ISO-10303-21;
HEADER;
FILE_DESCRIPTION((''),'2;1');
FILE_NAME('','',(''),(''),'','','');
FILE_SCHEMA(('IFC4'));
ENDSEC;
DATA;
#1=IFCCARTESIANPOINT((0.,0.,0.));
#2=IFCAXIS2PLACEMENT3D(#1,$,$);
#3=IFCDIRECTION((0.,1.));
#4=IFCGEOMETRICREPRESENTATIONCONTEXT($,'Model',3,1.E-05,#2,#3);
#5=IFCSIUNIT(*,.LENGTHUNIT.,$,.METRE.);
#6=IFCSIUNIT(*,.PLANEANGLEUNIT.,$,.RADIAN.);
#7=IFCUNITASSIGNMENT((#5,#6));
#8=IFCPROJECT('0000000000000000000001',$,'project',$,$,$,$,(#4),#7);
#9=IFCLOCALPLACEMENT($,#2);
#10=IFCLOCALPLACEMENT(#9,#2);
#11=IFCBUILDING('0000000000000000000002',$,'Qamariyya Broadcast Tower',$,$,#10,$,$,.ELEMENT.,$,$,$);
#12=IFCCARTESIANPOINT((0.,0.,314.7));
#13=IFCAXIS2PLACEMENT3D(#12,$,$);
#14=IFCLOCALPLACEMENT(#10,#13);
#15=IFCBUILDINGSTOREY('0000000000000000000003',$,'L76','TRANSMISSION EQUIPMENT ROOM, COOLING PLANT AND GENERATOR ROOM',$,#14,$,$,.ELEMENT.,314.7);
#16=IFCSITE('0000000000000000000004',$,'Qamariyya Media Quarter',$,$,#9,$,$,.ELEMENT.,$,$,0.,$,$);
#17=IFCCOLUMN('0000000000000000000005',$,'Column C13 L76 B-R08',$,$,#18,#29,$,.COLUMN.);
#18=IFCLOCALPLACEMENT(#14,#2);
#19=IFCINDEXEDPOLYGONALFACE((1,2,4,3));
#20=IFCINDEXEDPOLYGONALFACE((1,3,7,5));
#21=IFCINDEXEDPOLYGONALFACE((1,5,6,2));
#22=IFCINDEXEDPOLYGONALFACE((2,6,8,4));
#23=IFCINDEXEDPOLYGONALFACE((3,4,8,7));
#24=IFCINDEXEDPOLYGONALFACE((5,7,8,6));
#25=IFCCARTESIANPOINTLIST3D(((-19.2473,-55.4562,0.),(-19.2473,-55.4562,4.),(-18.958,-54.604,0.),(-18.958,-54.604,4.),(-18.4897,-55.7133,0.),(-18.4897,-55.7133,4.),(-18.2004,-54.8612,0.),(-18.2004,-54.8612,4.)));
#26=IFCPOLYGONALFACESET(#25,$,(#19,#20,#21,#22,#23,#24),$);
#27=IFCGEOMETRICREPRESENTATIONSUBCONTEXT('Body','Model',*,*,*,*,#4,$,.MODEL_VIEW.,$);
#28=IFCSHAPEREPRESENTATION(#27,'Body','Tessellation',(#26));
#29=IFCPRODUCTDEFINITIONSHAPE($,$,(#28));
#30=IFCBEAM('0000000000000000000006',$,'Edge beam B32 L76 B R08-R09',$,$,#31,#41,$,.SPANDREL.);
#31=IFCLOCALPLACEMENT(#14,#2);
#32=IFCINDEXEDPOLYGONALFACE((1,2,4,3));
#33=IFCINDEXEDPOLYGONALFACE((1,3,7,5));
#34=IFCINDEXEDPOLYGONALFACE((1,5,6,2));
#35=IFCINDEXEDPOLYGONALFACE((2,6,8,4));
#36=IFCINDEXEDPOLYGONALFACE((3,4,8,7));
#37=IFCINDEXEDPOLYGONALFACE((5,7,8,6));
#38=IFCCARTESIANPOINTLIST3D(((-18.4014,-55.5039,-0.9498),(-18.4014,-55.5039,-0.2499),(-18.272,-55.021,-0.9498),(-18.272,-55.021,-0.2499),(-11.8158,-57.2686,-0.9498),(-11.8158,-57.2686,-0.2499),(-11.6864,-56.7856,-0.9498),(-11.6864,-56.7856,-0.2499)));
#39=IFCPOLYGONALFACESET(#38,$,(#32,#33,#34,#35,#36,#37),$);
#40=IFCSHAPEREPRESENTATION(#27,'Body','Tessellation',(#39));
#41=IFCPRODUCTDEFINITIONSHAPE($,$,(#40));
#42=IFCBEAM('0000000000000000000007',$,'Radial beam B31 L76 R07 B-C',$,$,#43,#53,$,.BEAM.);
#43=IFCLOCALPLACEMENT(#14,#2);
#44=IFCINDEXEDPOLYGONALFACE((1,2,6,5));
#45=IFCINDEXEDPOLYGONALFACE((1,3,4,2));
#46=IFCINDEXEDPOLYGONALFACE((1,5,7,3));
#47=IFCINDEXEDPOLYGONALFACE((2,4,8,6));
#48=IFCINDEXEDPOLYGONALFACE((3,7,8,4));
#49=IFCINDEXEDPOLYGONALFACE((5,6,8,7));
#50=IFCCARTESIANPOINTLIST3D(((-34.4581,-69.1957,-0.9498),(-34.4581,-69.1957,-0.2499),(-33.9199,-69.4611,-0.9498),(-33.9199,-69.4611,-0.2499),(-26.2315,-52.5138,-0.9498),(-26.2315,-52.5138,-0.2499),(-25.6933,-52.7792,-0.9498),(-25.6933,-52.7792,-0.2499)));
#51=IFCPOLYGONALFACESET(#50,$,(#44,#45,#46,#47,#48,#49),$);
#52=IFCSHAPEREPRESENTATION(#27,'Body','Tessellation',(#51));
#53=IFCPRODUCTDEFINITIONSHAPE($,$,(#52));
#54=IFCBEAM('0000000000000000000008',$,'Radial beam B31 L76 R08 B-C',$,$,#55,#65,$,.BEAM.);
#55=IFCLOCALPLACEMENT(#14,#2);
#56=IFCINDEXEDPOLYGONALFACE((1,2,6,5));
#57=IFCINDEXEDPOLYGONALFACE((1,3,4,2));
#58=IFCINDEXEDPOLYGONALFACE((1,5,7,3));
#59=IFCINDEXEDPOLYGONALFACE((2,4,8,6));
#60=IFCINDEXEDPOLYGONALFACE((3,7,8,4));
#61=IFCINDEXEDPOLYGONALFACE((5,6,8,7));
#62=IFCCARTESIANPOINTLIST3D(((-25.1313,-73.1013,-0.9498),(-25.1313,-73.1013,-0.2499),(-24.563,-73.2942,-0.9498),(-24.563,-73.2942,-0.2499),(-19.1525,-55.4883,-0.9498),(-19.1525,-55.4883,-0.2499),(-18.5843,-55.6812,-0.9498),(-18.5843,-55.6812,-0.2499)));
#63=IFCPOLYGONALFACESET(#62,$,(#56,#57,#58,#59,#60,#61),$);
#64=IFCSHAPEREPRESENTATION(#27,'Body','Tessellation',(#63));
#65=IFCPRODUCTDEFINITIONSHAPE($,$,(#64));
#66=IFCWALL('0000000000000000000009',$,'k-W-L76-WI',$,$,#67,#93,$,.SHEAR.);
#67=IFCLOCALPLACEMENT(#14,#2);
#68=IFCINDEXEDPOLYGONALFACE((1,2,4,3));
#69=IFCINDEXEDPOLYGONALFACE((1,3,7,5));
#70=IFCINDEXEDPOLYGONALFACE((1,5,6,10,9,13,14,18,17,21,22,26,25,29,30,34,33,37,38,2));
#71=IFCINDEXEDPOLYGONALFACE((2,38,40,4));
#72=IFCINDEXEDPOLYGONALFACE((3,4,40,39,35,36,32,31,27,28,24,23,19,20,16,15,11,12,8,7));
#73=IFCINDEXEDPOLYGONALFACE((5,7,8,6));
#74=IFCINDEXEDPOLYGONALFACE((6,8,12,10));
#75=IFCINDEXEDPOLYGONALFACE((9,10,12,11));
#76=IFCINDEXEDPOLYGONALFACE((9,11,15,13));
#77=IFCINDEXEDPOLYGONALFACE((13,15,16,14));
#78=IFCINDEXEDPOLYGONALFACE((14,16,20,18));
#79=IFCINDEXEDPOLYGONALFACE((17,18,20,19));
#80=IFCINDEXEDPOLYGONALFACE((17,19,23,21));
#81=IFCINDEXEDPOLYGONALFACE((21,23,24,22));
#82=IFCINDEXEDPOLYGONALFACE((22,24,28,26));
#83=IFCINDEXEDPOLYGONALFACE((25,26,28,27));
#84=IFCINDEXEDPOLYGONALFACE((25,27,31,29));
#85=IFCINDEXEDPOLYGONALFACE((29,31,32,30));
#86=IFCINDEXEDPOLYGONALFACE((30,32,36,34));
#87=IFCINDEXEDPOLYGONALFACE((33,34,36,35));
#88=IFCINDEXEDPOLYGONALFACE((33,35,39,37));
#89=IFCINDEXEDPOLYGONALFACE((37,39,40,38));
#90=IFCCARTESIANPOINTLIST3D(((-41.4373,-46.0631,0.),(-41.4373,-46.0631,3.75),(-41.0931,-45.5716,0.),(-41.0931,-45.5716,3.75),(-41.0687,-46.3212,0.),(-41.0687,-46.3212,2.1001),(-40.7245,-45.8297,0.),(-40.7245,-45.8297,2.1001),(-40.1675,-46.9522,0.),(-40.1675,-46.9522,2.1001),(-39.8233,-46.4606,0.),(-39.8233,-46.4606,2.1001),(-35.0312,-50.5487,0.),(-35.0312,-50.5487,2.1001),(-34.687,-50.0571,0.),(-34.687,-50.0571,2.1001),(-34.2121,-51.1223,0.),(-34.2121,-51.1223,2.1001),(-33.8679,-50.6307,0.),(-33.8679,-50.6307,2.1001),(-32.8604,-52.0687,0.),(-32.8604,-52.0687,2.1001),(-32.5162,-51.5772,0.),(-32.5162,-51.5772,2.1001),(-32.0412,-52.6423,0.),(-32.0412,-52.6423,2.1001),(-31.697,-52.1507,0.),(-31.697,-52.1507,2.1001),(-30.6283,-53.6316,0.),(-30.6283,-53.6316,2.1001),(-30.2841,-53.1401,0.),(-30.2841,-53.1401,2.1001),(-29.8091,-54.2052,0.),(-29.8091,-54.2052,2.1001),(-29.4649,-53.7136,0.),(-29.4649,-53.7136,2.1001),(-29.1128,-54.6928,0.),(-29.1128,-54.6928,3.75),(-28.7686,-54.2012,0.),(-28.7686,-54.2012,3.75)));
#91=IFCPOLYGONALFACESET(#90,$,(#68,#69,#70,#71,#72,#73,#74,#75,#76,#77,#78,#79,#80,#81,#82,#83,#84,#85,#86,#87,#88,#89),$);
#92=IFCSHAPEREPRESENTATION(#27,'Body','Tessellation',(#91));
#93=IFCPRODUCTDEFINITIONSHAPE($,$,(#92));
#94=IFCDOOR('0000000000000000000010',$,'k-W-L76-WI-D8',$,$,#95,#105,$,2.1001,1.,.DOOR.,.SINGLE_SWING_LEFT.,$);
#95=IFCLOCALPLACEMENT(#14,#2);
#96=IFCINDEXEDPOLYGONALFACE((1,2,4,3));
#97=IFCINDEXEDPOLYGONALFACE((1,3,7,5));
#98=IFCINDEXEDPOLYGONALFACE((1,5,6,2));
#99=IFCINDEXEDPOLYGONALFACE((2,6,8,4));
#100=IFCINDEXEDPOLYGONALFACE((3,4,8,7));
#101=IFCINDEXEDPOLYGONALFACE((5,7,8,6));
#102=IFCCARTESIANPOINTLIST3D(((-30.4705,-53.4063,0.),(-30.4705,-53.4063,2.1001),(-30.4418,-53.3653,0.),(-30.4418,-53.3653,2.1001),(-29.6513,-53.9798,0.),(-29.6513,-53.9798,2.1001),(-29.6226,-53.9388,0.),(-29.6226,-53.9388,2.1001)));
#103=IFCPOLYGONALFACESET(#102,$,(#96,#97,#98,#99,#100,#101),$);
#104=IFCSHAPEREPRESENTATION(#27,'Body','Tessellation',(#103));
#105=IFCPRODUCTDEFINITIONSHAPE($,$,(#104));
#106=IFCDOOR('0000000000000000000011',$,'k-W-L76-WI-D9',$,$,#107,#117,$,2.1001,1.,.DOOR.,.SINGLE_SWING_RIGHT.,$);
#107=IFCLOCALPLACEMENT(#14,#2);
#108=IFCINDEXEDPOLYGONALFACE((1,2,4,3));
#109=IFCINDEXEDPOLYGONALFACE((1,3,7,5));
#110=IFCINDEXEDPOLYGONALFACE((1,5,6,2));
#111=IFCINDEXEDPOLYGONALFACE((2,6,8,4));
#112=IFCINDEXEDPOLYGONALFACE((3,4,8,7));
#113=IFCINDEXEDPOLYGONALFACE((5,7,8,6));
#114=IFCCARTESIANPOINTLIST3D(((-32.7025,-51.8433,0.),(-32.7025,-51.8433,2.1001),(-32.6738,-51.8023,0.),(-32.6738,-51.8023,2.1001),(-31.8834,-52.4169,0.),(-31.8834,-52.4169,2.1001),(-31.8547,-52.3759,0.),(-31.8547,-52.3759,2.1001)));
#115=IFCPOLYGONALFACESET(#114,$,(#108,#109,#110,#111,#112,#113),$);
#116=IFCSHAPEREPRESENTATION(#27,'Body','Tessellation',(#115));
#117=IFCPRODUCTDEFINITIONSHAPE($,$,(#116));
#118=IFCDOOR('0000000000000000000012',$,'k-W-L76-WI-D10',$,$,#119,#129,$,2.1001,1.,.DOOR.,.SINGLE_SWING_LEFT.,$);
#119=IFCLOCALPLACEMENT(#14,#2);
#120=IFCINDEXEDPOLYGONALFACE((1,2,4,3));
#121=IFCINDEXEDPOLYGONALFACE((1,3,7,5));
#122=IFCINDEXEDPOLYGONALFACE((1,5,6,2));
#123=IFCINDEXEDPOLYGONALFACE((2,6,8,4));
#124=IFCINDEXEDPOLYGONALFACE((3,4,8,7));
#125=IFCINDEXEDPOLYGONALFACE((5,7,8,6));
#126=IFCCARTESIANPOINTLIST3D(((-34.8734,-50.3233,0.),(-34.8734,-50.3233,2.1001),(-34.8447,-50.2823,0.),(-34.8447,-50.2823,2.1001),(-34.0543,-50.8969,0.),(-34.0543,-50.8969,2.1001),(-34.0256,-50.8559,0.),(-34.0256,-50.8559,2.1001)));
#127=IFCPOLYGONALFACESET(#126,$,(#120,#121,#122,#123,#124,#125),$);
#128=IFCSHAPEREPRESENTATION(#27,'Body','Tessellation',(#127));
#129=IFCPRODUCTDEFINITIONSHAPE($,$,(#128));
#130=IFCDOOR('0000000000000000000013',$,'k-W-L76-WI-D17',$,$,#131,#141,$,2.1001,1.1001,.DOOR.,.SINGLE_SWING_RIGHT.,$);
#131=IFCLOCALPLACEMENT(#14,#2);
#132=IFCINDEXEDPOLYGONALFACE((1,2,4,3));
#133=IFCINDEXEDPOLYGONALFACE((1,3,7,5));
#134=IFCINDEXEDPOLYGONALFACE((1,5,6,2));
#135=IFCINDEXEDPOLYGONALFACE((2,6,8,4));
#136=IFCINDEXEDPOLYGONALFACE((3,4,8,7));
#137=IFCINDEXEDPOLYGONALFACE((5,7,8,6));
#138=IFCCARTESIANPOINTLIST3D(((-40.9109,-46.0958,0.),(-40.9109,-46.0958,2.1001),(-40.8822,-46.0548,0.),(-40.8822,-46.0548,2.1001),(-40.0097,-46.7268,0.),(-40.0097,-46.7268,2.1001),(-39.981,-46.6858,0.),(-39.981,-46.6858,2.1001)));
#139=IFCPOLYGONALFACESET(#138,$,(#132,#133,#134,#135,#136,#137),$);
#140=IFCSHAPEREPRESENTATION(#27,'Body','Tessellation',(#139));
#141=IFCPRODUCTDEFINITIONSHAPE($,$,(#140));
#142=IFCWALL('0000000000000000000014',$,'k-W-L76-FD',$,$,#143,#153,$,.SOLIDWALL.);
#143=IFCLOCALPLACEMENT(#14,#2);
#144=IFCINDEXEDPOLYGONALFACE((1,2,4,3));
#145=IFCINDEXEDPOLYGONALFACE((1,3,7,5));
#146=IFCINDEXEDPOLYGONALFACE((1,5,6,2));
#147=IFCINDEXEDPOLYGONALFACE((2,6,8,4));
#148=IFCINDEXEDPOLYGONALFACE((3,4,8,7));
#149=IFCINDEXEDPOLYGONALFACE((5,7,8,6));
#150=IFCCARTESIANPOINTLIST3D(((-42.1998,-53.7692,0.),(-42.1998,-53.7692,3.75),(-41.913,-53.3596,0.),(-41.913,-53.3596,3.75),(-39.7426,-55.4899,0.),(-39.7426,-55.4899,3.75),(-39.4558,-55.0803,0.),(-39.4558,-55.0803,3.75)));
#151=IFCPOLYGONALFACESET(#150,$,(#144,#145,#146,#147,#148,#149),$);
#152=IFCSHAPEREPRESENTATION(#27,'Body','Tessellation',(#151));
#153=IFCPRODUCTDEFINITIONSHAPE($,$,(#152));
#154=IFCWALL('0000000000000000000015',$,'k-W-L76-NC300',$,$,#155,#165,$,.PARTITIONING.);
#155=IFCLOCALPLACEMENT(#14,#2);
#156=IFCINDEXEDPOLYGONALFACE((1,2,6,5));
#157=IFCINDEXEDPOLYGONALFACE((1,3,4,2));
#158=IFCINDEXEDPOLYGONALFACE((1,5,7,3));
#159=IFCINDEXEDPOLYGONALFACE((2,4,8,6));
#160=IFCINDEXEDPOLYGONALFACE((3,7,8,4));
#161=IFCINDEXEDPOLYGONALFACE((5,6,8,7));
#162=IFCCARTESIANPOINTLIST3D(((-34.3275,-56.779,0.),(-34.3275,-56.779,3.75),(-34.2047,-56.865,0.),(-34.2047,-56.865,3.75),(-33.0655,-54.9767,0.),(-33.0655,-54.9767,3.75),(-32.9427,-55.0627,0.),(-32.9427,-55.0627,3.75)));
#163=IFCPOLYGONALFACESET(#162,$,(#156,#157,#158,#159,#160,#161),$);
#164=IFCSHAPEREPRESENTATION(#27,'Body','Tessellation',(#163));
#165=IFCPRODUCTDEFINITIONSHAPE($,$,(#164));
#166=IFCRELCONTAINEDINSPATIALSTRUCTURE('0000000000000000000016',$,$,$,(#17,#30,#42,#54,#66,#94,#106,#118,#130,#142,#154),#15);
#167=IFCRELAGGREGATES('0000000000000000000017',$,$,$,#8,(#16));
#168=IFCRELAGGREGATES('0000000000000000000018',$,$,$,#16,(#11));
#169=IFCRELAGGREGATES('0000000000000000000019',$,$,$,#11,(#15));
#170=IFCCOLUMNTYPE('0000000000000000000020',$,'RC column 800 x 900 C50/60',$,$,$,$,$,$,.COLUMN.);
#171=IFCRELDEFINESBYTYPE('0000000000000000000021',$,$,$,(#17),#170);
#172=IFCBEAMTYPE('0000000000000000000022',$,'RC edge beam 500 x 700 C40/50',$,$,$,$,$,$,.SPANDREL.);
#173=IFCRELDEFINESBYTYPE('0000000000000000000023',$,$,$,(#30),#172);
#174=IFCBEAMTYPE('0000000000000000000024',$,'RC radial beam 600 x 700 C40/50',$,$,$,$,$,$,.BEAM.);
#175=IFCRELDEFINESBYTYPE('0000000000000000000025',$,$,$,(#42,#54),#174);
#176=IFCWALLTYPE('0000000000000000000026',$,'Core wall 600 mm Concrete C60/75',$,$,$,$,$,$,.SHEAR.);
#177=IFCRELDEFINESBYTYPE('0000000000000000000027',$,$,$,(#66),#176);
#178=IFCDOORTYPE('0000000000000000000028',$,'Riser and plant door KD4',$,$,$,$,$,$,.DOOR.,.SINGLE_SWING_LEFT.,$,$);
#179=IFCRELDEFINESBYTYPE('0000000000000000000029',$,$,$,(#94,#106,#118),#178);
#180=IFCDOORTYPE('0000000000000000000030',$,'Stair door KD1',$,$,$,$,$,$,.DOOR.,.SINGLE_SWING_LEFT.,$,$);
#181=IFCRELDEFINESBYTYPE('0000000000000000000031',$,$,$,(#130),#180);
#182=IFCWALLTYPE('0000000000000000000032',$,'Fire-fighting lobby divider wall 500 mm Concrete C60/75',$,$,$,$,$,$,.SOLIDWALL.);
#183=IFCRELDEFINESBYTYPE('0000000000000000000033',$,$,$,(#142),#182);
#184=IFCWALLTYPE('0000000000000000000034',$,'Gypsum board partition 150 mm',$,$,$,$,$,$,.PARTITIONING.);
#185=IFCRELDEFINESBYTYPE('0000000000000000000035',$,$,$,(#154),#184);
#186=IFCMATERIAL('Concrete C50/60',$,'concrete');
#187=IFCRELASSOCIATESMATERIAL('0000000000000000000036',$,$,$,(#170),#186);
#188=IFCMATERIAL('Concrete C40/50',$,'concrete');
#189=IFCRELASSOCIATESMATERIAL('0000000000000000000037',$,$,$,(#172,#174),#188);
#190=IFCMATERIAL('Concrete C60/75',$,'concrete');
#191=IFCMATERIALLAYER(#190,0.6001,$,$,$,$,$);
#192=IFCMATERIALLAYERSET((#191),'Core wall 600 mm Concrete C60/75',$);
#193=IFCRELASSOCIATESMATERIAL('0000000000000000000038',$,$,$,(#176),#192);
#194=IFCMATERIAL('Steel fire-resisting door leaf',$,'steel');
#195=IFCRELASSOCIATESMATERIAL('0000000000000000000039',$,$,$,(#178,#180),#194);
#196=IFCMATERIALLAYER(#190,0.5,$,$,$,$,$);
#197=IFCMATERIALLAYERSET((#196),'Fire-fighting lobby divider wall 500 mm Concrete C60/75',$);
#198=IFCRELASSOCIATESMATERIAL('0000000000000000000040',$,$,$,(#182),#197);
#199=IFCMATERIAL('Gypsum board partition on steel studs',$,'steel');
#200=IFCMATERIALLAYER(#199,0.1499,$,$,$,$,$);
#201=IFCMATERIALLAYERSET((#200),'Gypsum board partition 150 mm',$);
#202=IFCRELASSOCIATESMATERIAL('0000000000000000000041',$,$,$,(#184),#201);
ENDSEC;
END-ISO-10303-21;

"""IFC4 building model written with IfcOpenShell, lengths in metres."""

from ifc_helpers import new_model, si_unit, direction, frame, frame_2d, origin, origin_2d, place, context, subcontext, project, spatial, rectangle, extrude, material, layer, layer_set, material_profile, profile_set, type_object, element, fill, save


model = new_model("IFC4")

# Units and contexts
model_context = context("Model", 3, precision=1e-05, world=origin(), true_north=direction((0.0, 1.0)))
body_context = subcontext(model_context, "Body", "Model", "MODEL_VIEW")
ifc_project = project(units=[si_unit("LENGTHUNIT", "METRE"), si_unit("PLANEANGLEUNIT", "RADIAN")], contexts=[model_context])

# Site, building, storey
site_placement = place(None, origin())
site = spatial("IfcSite", under=ifc_project, at=site_placement, Name="Qamariyya Media Quarter", CompositionType="ELEMENT", RefElevation=0.0)
building_placement = place(site_placement, origin())
building = spatial("IfcBuilding", under=site, at=building_placement, Name="Qamariyya Broadcast Tower", CompositionType="ELEMENT")
storey_placement = place(building_placement, frame((0.0, 0.0, 314.7)))
storey = spatial("IfcBuildingStorey", under=building, at=storey_placement, Name="L76", Description="TRANSMISSION EQUIPMENT ROOM, COOLING PLANT AND GENERATOR ROOM", CompositionType="ELEMENT", Elevation=314.7)

# Column
ifc_material_1 = material(Name="Concrete C50/60", Category="concrete")
ifc_material_profile_1 = material_profile(ifc_material_1, rectangle(XDim=0.8, YDim=0.8999, at=origin_2d()))
ifc_profile_set_1 = profile_set([ifc_material_profile_1], Name="Concrete C50/60")
column_type = type_object("IfcColumnType", Name="RC column 800 x 900 C50/60", PredefinedType="COLUMN", material=ifc_profile_set_1)
column_placement = place(storey_placement, frame((-18.7239, -55.1587, 0.0), z_axis=(0.0, 0.0, 1.0), x_axis=(0.94693, -0.321439, 0.0)))
element("IfcColumn", 1, at=column_placement, inside=storey, type_object=column_type, Name="Column C13 L76 B-R08", PredefinedType="COLUMN", context=body_context, shape_type="SweptSolid", body=[
    extrude(rectangle(XDim=0.8, YDim=0.8999, at=origin_2d()), origin(), (0.0, 0.0, 1.0), 4.0),
])

# Beams
ifc_material_2 = material(Name="Concrete C40/50", Category="concrete")
ifc_material_profile_2 = material_profile(ifc_material_2, rectangle(XDim=0.5, YDim=0.7, at=origin_2d()))
ifc_profile_set_2 = profile_set([ifc_material_profile_2], Name="Concrete C40/50")
beam_type_1 = type_object("IfcBeamType", Name="RC edge beam 500 x 700 C40/50", PredefinedType="SPANDREL", material=ifc_profile_set_2)
beam_placement = place(storey_placement, frame((-18.3367, -55.2625, -0.5999), z_axis=(0.965923, -0.25883, 0.0), x_axis=(0.25883, 0.965923, 0.0)))
element("IfcBeam", 2, at=beam_placement, inside=storey, type_object=beam_type_1, Name="Edge beam B32 L76 B R08-R09", PredefinedType="SPANDREL", context=body_context, shape_type="SweptSolid", body=[
    extrude(rectangle(XDim=0.5, YDim=0.7, at=origin_2d()), origin(), (0.0, 0.0, 1.0), 6.8179),
])
ifc_material_profile_3 = material_profile(ifc_material_2, rectangle(XDim=0.6001, YDim=0.7, at=origin_2d()))
ifc_profile_set_3 = profile_set([ifc_material_profile_3], Name="Concrete C40/50")
beam_type_2 = type_object("IfcBeamType", Name="RC radial beam 600 x 700 C40/50", PredefinedType="BEAM", material=ifc_profile_set_3)
for number, where, z_axis, x_axis, name in (
    (3, (-25.9624, -52.6465, -0.5999), (-0.442287, -0.896873, 0.0), (0.896873, -0.442287, 0.0), "Radial beam B31 L76 R07 B-C"),
    (4, (-18.8684, -55.5847, -0.5999), (-0.321437, -0.946931, 0.0), (0.946931, -0.321437, 0.0), "Radial beam B31 L76 R08 B-C"),
):
    element("IfcBeam", number, at=place(storey_placement, frame(where, z_axis=z_axis, x_axis=x_axis)), inside=storey, type_object=beam_type_2, Name=name, PredefinedType="BEAM", context=body_context, shape_type="SweptSolid", body=[
        extrude(rectangle(XDim=0.6001, YDim=0.7, at=origin_2d()), origin(), (0.0, 0.0, 1.0), 18.6001),
    ])

# Wall, openings, doors
ifc_material_3 = material(Name="Concrete C60/75", Category="concrete")
ifc_layer_1 = layer(ifc_material_3, 0.6001)
ifc_layer_set_1 = layer_set([ifc_layer_1], Name="Core wall 600 mm Concrete C60/75")
wall_type_1 = type_object("IfcWallType", Name="Core wall 600 mm Concrete C60/75", PredefinedType="SHEAR", material=ifc_layer_set_1)
wall_1_placement = place(storey_placement, frame((-28.9407, -54.447, 0.0), z_axis=(0.0, 0.0, 1.0), x_axis=(-0.819153, 0.573575, 0.0)))
wall_1 = element("IfcWall", 5, at=wall_1_placement, inside=storey, type_object=wall_type_1, Name="k-W-L76-WI", PredefinedType="SHEAR", context=body_context, shape_type="SweptSolid", body=[
    extrude(rectangle(XDim=15.0454, YDim=0.6001, at=frame_2d((7.5227, 0.0))), origin(), (0.0, 0.0, 1.0), 3.75),
])
opening_1_placement = place(wall_1_placement, frame((0.8501, 0.0, 0.0)))
opening_1 = element("IfcOpeningElement", 6, at=opening_1_placement, cuts=wall_1, PredefinedType="OPENING", context=body_context, shape_type="SweptSolid", body=[
    extrude(rectangle(XDim=1.0, YDim=2.1001, at=frame_2d((0.5, 1.05))), frame((0.0, 0.3101, 0.0), z_axis=(0.0, -1.0, 0.0), x_axis=(1.0, 0.0, 0.0)), (0.0, 0.0, 1.0), 0.6201),
])
opening_2_placement = place(wall_1_placement, frame((3.575, 0.0, 0.0)))
opening_2 = element("IfcOpeningElement", 7, at=opening_2_placement, cuts=wall_1, PredefinedType="OPENING", context=body_context, shape_type="SweptSolid", body=[
    extrude(rectangle(XDim=1.0, YDim=2.1001, at=frame_2d((0.5, 1.05))), frame((0.0, 0.3101, 0.0), z_axis=(0.0, -1.0, 0.0), x_axis=(1.0, 0.0, 0.0)), (0.0, 0.0, 1.0), 0.6201),
])
opening_3_placement = place(wall_1_placement, frame((6.2251, 0.0, 0.0)))
opening_3 = element("IfcOpeningElement", 8, at=opening_3_placement, cuts=wall_1, PredefinedType="OPENING", context=body_context, shape_type="SweptSolid", body=[
    extrude(rectangle(XDim=1.0, YDim=2.1001, at=frame_2d((0.5, 1.05))), frame((0.0, 0.3101, 0.0), z_axis=(0.0, -1.0, 0.0), x_axis=(1.0, 0.0, 0.0)), (0.0, 0.0, 1.0), 0.6201),
])
opening_4_placement = place(wall_1_placement, frame((13.4954, 0.0, 0.0)))
opening_4 = element("IfcOpeningElement", 9, at=opening_4_placement, cuts=wall_1, PredefinedType="OPENING", context=body_context, shape_type="SweptSolid", body=[
    extrude(rectangle(XDim=1.1001, YDim=2.1001, at=frame_2d((0.55, 1.05))), frame((0.0, 0.3101, 0.0), z_axis=(0.0, -1.0, 0.0), x_axis=(1.0, 0.0, 0.0)), (0.0, 0.0, 1.0), 0.6201),
])
ifc_material_4 = material(Name="Steel fire-resisting door leaf", Category="steel")
door_type_1 = type_object("IfcDoorType", Name="Riser and plant door KD4", OperationType="SINGLE_SWING_LEFT", PredefinedType="DOOR", material=ifc_material_4)
door_1_placement = place(opening_1_placement, origin())
door_1 = element("IfcDoor", 10, at=door_1_placement, inside=storey, type_object=door_type_1, Name="k-W-L76-WI-D8", OperationType="SINGLE_SWING_LEFT", OverallHeight=2.1001, OverallWidth=1.0, PredefinedType="DOOR", context=body_context, shape_type="SweptSolid", body=[
    extrude(rectangle(XDim=1.0, YDim=2.1001, at=frame_2d((0.5, 1.05))), frame((0.0, 0.0249, 0.0), z_axis=(0.0, -1.0, 0.0), x_axis=(1.0, 0.0, 0.0)), (0.0, 0.0, 1.0), 0.05),
])
fill(opening_1, door_1)
door_2_placement = place(opening_2_placement, origin())
door_2 = element("IfcDoor", 11, at=door_2_placement, inside=storey, type_object=door_type_1, Name="k-W-L76-WI-D9", OperationType="SINGLE_SWING_RIGHT", OverallHeight=2.1001, OverallWidth=1.0, PredefinedType="DOOR", context=body_context, shape_type="SweptSolid", body=[
    extrude(rectangle(XDim=1.0, YDim=2.1001, at=frame_2d((0.5, 1.05))), frame((0.0, 0.0249, 0.0), z_axis=(0.0, -1.0, 0.0), x_axis=(1.0, 0.0, 0.0)), (0.0, 0.0, 1.0), 0.05),
])
fill(opening_2, door_2)
door_3_placement = place(opening_3_placement, origin())
door_3 = element("IfcDoor", 12, at=door_3_placement, inside=storey, type_object=door_type_1, Name="k-W-L76-WI-D10", OperationType="SINGLE_SWING_LEFT", OverallHeight=2.1001, OverallWidth=1.0, PredefinedType="DOOR", context=body_context, shape_type="SweptSolid", body=[
    extrude(rectangle(XDim=1.0, YDim=2.1001, at=frame_2d((0.5, 1.05))), frame((0.0, 0.0249, 0.0), z_axis=(0.0, -1.0, 0.0), x_axis=(1.0, 0.0, 0.0)), (0.0, 0.0, 1.0), 0.05),
])
fill(opening_3, door_3)
door_type_2 = type_object("IfcDoorType", Name="Stair door KD1", OperationType="SINGLE_SWING_LEFT", PredefinedType="DOOR", material=ifc_material_4)
door_4_placement = place(opening_4_placement, origin())
door_4 = element("IfcDoor", 13, at=door_4_placement, inside=storey, type_object=door_type_2, Name="k-W-L76-WI-D17", OperationType="SINGLE_SWING_RIGHT", OverallHeight=2.1001, OverallWidth=1.1001, PredefinedType="DOOR", context=body_context, shape_type="SweptSolid", body=[
    extrude(rectangle(XDim=1.1001, YDim=2.1001, at=frame_2d((0.55, 1.05))), frame((0.0, 0.0249, 0.0), z_axis=(0.0, -1.0, 0.0), x_axis=(1.0, 0.0, 0.0)), (0.0, 0.0, 1.0), 0.05),
])
fill(opening_4, door_4)

# Walls
ifc_layer_2 = layer(ifc_material_3, 0.5)
ifc_layer_set_2 = layer_set([ifc_layer_2], Name="Fire-fighting lobby divider wall 500 mm Concrete C60/75")
wall_type_2 = type_object("IfcWallType", Name="Fire-fighting lobby divider wall 500 mm Concrete C60/75", PredefinedType="SOLIDWALL", material=ifc_layer_set_2)
wall_2_placement = place(storey_placement, frame((-39.5991, -55.2852, 0.0), z_axis=(0.0, 0.0, 1.0), x_axis=(-0.819136, 0.573599, 0.0)))
element("IfcWall", 14, at=wall_2_placement, inside=storey, type_object=wall_type_2, Name="k-W-L76-FD", PredefinedType="SOLIDWALL", context=body_context, shape_type="SweptSolid", body=[
    extrude(rectangle(XDim=2.9998, YDim=0.5, at=frame_2d((1.5, 0.0))), origin(), (0.0, 0.0, 1.0), 3.75),
])
ifc_material_5 = material(Name="Gypsum board partition on steel studs", Category="steel")
ifc_layer_3 = layer(ifc_material_5, 0.1499)
ifc_layer_set_3 = layer_set([ifc_layer_3], Name="Gypsum board partition 150 mm")
wall_type_3 = type_object("IfcWallType", Name="Gypsum board partition 150 mm", PredefinedType="PARTITIONING", material=ifc_layer_set_3)
for number, where, z_axis, x_axis, name in (
    (15, (-34.2661, -56.822, 0.0), (0.0, 0.0, 1.0), (0.573581, 0.819149, 0.0), "k-W-L76-NC300"),
):
    element("IfcWall", number, at=place(storey_placement, frame(where, z_axis=z_axis, x_axis=x_axis)), inside=storey, type_object=wall_type_3, Name=name, PredefinedType="PARTITIONING", context=body_context, shape_type="SweptSolid", body=[
        extrude(rectangle(XDim=2.2002, YDim=0.1499, at=frame_2d((1.1001, 0.0))), origin(), (0.0, 0.0, 1.0), 3.75),
    ])

save(model, "model.ifc")
